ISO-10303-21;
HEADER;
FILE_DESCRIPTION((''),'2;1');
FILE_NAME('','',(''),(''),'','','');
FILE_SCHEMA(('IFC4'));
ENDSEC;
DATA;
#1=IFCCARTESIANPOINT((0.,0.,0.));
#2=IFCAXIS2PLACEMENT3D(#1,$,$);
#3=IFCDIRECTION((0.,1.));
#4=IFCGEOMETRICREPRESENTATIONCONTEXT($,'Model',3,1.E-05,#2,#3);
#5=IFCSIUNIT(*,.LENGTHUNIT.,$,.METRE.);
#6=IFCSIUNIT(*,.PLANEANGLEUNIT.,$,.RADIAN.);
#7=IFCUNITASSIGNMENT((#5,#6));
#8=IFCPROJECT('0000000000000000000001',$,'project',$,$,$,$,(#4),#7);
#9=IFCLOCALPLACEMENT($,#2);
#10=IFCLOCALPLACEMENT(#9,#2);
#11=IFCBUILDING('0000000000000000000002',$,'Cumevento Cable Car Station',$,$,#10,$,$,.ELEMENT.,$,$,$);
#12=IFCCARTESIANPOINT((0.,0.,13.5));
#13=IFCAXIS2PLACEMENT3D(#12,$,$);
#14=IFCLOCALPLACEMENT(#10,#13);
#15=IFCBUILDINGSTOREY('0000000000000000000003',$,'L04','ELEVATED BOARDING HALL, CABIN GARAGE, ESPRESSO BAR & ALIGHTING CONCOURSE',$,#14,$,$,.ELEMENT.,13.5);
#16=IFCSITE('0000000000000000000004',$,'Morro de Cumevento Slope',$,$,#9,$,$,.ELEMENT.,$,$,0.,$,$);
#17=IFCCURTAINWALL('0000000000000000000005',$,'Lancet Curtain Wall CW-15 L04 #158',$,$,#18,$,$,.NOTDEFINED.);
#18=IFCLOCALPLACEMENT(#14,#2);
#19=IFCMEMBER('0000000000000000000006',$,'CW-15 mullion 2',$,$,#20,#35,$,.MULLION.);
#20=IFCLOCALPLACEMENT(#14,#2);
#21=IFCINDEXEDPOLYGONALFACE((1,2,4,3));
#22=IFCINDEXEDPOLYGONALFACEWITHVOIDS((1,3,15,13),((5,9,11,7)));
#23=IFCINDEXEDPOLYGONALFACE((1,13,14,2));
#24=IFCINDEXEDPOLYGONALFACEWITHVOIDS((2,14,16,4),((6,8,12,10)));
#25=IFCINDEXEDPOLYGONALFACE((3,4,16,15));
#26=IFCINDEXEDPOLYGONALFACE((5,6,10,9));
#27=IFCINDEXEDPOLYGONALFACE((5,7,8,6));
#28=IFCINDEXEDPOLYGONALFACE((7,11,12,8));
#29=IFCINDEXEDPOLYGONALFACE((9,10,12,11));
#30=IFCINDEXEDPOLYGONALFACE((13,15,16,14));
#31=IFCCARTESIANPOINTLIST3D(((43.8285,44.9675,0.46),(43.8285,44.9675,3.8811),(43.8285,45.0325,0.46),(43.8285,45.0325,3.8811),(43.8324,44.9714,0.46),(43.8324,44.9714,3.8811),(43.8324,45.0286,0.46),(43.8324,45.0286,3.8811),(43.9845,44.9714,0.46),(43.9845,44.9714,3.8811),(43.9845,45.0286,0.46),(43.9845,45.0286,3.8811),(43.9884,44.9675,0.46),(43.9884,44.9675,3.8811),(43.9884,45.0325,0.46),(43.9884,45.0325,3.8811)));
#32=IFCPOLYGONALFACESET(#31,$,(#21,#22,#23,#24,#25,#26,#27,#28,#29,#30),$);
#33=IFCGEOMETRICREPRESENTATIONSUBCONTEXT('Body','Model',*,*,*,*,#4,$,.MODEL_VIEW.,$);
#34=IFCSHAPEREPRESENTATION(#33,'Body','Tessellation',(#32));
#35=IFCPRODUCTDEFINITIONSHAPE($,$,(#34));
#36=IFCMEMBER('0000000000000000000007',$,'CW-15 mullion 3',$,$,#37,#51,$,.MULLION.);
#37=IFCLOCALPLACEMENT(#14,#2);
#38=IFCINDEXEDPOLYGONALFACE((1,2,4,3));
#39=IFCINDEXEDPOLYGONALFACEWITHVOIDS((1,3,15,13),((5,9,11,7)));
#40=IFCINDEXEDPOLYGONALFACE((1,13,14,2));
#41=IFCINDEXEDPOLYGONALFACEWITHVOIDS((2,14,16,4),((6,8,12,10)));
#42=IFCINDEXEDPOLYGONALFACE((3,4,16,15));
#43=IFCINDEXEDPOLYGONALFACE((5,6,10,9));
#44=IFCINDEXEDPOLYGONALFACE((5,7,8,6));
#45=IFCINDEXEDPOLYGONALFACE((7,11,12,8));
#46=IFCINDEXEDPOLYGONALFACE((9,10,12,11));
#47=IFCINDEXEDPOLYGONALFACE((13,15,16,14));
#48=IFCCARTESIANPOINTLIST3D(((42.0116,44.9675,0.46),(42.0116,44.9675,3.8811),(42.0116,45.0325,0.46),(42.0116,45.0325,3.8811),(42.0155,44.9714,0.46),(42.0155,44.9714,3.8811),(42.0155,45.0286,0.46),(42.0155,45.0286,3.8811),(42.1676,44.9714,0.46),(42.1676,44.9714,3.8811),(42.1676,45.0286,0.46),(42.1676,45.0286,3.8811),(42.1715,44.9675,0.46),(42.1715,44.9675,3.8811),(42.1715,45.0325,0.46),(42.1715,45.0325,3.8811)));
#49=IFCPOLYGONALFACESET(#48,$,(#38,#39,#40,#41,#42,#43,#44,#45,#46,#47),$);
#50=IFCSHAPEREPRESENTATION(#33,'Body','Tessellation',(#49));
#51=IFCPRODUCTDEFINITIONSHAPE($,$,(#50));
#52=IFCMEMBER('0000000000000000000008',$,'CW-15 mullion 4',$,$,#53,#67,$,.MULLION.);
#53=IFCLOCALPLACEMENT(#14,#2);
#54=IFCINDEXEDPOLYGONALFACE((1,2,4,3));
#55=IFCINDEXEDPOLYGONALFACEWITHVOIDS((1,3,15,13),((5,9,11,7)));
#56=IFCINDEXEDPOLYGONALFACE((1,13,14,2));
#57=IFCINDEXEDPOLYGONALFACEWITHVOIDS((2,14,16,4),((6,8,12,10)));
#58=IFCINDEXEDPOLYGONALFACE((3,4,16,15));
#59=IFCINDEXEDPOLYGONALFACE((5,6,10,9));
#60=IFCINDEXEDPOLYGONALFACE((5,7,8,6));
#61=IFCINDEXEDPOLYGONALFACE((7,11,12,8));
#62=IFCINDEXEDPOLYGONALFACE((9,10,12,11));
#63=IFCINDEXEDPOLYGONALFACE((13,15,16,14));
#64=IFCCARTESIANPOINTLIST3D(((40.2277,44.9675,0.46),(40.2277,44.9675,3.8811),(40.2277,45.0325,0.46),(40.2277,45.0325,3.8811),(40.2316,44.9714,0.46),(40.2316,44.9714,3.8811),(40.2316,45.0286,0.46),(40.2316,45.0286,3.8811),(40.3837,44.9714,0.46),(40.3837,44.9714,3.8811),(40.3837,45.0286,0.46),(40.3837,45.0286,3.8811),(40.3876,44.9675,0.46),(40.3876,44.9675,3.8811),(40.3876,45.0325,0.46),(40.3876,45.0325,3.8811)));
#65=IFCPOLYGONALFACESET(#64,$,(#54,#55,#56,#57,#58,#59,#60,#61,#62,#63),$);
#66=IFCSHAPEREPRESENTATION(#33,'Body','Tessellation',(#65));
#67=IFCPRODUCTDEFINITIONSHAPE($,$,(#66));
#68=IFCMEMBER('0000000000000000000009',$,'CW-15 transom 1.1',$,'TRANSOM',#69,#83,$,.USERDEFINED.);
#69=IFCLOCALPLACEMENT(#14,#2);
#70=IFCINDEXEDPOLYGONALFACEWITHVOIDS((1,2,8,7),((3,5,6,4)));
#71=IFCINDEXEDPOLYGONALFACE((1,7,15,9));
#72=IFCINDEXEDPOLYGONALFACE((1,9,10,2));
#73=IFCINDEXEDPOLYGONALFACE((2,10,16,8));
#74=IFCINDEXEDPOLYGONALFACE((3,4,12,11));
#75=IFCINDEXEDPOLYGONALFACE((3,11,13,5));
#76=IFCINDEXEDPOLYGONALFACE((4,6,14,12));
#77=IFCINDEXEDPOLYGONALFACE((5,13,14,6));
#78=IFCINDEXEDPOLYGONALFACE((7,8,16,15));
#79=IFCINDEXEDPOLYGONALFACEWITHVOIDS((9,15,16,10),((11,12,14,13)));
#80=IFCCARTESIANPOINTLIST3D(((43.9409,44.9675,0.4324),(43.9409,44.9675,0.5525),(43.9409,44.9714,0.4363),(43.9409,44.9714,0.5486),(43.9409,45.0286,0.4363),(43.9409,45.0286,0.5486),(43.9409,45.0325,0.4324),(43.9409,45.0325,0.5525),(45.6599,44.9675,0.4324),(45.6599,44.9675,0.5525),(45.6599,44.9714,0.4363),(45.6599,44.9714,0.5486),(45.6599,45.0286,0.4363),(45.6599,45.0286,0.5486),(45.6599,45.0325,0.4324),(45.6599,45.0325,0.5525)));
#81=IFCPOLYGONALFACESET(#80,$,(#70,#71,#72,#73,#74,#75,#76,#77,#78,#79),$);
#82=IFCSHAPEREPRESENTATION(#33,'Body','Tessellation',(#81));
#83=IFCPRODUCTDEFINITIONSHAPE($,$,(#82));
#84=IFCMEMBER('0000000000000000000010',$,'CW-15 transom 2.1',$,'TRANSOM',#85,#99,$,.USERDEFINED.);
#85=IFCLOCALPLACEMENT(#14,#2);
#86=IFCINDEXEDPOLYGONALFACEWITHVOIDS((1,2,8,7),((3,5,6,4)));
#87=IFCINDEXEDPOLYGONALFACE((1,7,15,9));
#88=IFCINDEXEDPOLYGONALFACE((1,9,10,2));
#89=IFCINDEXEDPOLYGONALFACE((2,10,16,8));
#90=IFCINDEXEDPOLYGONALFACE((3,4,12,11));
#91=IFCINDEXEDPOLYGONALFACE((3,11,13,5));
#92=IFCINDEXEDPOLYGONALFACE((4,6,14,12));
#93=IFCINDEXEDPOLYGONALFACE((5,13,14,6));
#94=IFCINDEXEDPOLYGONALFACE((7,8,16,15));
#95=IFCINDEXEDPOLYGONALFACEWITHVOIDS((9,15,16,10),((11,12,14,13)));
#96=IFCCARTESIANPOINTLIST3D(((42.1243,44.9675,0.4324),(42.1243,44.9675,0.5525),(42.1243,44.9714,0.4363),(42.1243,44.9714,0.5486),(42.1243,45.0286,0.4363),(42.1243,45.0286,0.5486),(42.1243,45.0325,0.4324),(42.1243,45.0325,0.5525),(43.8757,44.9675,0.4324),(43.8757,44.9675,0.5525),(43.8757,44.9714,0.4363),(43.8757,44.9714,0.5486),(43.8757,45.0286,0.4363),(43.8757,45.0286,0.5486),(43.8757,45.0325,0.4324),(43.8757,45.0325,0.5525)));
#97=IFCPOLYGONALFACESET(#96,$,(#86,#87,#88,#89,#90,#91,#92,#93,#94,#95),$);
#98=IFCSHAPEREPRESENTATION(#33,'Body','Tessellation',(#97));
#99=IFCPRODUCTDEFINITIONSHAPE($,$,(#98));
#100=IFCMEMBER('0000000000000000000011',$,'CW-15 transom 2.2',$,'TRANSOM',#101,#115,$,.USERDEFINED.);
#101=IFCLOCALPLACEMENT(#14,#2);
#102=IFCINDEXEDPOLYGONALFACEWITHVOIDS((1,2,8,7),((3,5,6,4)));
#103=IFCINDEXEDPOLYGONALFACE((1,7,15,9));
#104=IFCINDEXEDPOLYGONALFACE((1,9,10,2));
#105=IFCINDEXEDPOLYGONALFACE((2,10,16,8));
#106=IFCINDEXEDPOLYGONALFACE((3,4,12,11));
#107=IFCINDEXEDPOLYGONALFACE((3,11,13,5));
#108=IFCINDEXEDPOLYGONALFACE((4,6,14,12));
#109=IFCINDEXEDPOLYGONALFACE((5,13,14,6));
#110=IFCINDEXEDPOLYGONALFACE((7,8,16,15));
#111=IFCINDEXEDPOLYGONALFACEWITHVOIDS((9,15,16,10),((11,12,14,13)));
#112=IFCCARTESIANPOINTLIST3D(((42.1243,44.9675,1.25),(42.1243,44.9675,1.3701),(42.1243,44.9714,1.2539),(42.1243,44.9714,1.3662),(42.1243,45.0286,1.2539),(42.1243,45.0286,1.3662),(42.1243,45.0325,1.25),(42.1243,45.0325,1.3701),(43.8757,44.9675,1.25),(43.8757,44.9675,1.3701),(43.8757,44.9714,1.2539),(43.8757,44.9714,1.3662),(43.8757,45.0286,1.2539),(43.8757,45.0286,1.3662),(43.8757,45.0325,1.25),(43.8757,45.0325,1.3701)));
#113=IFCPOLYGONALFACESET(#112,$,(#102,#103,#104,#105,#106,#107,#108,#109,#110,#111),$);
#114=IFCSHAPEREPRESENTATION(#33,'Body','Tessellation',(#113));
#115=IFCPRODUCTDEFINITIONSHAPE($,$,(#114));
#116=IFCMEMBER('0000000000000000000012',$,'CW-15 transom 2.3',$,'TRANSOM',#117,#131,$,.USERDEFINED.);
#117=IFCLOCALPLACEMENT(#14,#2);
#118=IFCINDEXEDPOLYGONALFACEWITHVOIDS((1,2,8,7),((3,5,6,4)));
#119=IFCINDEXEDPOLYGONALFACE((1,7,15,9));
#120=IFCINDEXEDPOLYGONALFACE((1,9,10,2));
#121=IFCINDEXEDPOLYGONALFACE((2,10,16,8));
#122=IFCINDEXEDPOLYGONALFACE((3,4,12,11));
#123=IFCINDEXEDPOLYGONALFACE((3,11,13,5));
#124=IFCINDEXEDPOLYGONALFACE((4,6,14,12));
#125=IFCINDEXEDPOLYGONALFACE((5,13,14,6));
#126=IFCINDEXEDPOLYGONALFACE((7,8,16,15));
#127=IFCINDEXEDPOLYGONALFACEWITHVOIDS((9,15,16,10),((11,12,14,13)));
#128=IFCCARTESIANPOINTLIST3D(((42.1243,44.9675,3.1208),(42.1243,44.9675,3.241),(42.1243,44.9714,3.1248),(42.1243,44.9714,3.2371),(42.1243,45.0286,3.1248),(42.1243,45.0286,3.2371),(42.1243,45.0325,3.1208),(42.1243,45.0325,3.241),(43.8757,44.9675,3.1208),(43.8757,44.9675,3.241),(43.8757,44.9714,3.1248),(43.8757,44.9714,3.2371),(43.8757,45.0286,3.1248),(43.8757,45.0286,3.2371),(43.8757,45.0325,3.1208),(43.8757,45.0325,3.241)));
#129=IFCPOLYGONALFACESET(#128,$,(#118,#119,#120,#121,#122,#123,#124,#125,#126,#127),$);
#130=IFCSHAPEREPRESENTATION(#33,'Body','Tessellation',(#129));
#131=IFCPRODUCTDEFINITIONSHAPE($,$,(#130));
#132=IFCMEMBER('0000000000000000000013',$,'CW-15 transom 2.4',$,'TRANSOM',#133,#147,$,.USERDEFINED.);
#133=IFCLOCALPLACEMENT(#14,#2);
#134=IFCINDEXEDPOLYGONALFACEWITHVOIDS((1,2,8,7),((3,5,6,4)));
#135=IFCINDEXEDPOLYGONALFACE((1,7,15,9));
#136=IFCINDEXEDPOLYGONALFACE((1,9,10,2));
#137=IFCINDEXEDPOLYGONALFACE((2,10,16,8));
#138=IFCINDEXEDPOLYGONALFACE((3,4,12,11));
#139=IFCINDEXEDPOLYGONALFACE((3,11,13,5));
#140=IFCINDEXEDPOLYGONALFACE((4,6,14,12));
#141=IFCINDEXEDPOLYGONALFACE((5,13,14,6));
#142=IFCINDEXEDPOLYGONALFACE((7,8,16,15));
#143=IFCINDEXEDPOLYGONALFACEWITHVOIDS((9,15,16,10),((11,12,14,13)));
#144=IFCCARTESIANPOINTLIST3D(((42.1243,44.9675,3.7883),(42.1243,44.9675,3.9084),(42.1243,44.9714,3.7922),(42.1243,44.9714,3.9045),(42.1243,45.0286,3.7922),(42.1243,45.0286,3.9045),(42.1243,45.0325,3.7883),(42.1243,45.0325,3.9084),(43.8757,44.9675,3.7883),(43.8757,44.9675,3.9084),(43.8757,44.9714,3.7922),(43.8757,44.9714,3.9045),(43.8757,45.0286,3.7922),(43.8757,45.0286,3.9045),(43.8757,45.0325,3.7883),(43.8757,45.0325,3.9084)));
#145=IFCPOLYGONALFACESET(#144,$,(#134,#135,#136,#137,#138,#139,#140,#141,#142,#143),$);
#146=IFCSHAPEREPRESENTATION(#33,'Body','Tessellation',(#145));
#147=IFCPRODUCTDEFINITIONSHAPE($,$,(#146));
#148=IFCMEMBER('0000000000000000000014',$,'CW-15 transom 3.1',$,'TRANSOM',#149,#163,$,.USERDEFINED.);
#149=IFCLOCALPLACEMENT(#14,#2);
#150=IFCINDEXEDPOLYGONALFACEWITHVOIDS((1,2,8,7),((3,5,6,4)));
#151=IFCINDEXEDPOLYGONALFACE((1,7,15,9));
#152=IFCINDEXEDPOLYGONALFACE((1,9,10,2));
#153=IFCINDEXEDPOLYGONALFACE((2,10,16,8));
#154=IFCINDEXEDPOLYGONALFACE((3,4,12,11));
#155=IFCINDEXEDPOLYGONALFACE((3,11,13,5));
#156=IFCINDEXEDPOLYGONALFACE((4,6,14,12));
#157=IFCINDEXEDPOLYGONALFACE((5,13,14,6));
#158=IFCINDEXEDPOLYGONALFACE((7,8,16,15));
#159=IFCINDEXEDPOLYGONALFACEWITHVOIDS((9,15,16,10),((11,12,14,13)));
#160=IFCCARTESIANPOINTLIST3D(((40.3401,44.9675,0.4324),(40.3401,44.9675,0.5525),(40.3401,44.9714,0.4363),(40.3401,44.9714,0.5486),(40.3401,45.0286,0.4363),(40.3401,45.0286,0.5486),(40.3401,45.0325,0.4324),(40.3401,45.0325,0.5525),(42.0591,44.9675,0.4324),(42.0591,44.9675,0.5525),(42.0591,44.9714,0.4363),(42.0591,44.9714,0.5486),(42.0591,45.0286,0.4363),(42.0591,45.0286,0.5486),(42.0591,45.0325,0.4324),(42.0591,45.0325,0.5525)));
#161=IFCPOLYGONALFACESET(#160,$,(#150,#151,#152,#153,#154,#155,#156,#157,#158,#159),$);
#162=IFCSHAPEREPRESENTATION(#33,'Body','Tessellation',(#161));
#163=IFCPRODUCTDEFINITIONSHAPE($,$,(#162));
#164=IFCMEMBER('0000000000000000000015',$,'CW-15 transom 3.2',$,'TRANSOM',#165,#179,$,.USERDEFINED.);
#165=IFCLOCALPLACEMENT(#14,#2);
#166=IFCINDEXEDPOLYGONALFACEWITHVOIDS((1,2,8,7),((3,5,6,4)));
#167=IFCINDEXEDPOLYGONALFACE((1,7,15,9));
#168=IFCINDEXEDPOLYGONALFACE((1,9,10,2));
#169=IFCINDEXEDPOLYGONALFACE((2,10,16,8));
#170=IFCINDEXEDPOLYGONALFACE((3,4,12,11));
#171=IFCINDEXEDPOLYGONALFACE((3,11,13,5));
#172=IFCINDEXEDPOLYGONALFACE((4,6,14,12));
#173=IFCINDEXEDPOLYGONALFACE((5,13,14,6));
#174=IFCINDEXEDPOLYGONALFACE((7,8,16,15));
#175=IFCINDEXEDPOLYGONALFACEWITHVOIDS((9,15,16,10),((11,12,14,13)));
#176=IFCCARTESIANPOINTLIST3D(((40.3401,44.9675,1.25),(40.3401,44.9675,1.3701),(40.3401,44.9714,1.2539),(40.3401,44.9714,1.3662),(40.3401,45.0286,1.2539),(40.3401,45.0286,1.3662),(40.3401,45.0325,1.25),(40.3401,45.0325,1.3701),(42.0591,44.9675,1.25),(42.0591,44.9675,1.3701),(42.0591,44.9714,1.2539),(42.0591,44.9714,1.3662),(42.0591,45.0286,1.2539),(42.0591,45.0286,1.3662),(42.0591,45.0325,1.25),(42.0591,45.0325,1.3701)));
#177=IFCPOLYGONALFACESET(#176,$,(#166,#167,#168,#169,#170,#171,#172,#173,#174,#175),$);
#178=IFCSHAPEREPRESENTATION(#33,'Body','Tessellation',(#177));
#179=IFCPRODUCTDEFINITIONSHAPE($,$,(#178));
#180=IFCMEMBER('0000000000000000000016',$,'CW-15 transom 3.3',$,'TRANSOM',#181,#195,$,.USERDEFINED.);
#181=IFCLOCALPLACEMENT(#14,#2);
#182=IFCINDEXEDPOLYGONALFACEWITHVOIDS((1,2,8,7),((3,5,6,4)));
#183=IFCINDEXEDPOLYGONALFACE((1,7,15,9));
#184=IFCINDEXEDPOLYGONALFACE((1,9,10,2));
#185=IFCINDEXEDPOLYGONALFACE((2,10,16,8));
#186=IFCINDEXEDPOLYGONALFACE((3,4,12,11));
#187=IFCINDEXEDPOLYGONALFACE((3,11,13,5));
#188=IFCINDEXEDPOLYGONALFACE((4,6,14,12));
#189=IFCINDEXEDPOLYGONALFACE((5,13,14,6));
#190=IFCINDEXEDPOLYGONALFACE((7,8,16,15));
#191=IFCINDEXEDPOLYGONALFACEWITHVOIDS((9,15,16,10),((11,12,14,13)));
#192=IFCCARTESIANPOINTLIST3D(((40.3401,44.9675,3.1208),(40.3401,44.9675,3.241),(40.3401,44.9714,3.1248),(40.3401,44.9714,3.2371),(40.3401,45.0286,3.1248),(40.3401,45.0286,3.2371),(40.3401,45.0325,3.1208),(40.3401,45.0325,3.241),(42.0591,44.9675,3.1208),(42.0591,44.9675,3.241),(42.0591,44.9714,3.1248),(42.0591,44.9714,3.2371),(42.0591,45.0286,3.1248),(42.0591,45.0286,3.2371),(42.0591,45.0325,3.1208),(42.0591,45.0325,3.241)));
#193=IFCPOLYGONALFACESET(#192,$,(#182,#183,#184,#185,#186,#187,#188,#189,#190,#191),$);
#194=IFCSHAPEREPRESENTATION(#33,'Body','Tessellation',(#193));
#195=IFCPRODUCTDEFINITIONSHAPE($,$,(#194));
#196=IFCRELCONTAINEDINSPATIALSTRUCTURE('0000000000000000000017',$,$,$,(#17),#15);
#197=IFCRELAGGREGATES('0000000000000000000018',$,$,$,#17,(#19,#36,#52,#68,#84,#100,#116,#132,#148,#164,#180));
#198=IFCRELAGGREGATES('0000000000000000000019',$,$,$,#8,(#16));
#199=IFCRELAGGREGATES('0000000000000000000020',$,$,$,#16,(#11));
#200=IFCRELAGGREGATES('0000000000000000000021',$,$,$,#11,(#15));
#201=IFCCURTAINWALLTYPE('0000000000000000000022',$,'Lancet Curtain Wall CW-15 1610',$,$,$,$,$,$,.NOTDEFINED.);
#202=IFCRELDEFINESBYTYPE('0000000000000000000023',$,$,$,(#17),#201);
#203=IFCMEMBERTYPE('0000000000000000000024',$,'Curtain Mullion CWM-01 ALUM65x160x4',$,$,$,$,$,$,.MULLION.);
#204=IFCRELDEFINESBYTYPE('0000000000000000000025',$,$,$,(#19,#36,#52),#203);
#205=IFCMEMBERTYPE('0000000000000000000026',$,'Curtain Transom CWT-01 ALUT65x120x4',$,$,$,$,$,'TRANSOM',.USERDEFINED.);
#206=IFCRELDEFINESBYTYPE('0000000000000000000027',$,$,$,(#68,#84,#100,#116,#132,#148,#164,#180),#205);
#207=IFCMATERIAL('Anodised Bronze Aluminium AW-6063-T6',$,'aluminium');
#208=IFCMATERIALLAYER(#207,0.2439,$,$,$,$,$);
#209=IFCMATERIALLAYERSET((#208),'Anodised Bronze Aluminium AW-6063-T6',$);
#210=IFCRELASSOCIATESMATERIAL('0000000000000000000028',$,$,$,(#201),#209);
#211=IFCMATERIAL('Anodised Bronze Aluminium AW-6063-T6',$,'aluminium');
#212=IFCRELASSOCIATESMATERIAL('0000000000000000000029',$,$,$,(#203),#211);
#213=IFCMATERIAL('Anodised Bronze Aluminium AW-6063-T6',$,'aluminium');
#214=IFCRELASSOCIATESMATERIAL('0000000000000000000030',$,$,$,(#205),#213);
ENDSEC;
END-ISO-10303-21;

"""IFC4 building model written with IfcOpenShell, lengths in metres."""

from ifc_helpers import new_model, si_unit, direction, frame, origin, origin_2d, place, context, subcontext, project, spatial, hollow_rectangle, extrude, material, layer, layer_set, material_profile, profile_set, type_object, element, aggregate, save


model = new_model("IFC4")

# Units and contexts
model_context = context("Model", 3, precision=1e-05, world=origin(), true_north=direction((0.0, 1.0)))
body_context = subcontext(model_context, "Body", "Model", "MODEL_VIEW")
ifc_project = project(units=[si_unit("LENGTHUNIT", "METRE"), si_unit("PLANEANGLEUNIT", "RADIAN")], contexts=[model_context])

# Site, building, storey
site_placement = place(None, origin())
site = spatial("IfcSite", under=ifc_project, at=site_placement, Name="Morro de Cumevento Slope", CompositionType="ELEMENT", RefElevation=0.0)
building_placement = place(site_placement, origin())
building = spatial("IfcBuilding", under=site, at=building_placement, Name="Cumevento Cable Car Station", CompositionType="ELEMENT")
storey_placement = place(building_placement, frame((0.0, 0.0, 13.5)))
storey = spatial("IfcBuildingStorey", under=building, at=storey_placement, Name="L04", Description="ELEVATED BOARDING HALL, CABIN GARAGE, ESPRESSO BAR & ALIGHTING CONCOURSE", CompositionType="ELEMENT", Elevation=13.5)

# Curtain wall, members
ifc_material_1 = material(Name="Anodised Bronze Aluminium AW-6063-T6", Category="aluminium")
ifc_layer_1 = layer(ifc_material_1, 0.2439)
ifc_layer_set_1 = layer_set([ifc_layer_1], Name="Anodised Bronze Aluminium AW-6063-T6")
curtain_wall_type = type_object("IfcCurtainWallType", Name="Lancet Curtain Wall CW-15 1610", PredefinedType="NOTDEFINED", material=ifc_layer_set_1)
curtain_wall_placement = place(storey_placement, origin())
curtain_wall = element("IfcCurtainWall", 1, at=curtain_wall_placement, inside=storey, type_object=curtain_wall_type, Name="Lancet Curtain Wall CW-15 L04 #158", PredefinedType="NOTDEFINED")
ifc_material_2 = material(Name="Anodised Bronze Aluminium AW-6063-T6", Category="aluminium")
ifc_material_profile_1 = material_profile(ifc_material_2, hollow_rectangle(XDim=0.0649, YDim=0.1599, WallThickness=0.0039, at=origin_2d()), Name="ALUM65x160x4")
ifc_profile_set_1 = profile_set([ifc_material_profile_1], Name="Anodised Bronze Aluminium AW-6063-T6")
member_type_1 = type_object("IfcMemberType", Name="Curtain Mullion CWM-01 ALUM65x160x4", PredefinedType="MULLION", material=ifc_profile_set_1)
member_1_placement = place(storey_placement, frame((43.9084, 45.0, 0.46), z_axis=(0.0, 0.0, 1.0), x_axis=(0.0, -1.0, 0.0)))
member_1 = element("IfcMember", 2, at=member_1_placement, type_object=member_type_1, Name="CW-15 mullion 2", PredefinedType="MULLION", context=body_context, shape_type="SweptSolid", body=[
    extrude(hollow_rectangle(XDim=0.0649, YDim=0.1599, WallThickness=0.0039, at=origin_2d()), origin(), (0.0, 0.0, 1.0), 3.4211),
])
member_2_placement = place(storey_placement, frame((42.0916, 45.0, 0.46), z_axis=(0.0, 0.0, 1.0), x_axis=(0.0, -1.0, 0.0)))
member_2 = element("IfcMember", 3, at=member_2_placement, type_object=member_type_1, Name="CW-15 mullion 3", PredefinedType="MULLION", context=body_context, shape_type="SweptSolid", body=[
    extrude(hollow_rectangle(XDim=0.0649, YDim=0.1599, WallThickness=0.0039, at=origin_2d()), origin(), (0.0, 0.0, 1.0), 3.4211),
])
member_3_placement = place(storey_placement, frame((40.3076, 45.0, 0.46), z_axis=(0.0, 0.0, 1.0), x_axis=(0.0, -1.0, 0.0)))
member_3 = element("IfcMember", 4, at=member_3_placement, type_object=member_type_1, Name="CW-15 mullion 4", PredefinedType="MULLION", context=body_context, shape_type="SweptSolid", body=[
    extrude(hollow_rectangle(XDim=0.0649, YDim=0.1599, WallThickness=0.0039, at=origin_2d()), origin(), (0.0, 0.0, 1.0), 3.4211),
])
ifc_material_3 = material(Name="Anodised Bronze Aluminium AW-6063-T6", Category="aluminium")
ifc_material_profile_2 = material_profile(ifc_material_3, hollow_rectangle(XDim=0.0649, YDim=0.1201, WallThickness=0.0039, at=origin_2d()), Name="ALUT65x120x4")
ifc_profile_set_2 = profile_set([ifc_material_profile_2], Name="Anodised Bronze Aluminium AW-6063-T6")
member_type_2 = type_object("IfcMemberType", Name="Curtain Transom CWT-01 ALUT65x120x4", ElementType="TRANSOM", PredefinedType="USERDEFINED", material=ifc_profile_set_2)
member_4_placement = place(storey_placement, frame((45.6599, 45.0, 0.4924), z_axis=(-1.0, 0.0, 0.0), x_axis=(0.0, -1.0, 0.0)))
member_4 = element("IfcMember", 5, at=member_4_placement, type_object=member_type_2, Name="CW-15 transom 1.1", ObjectType="TRANSOM", PredefinedType="USERDEFINED", context=body_context, shape_type="SweptSolid", body=[
    extrude(hollow_rectangle(XDim=0.0649, YDim=0.1201, WallThickness=0.0039, at=origin_2d()), origin(), (0.0, 0.0, 1.0), 1.719),
])
member_5_placement = place(storey_placement, frame((43.8757, 45.0, 0.4924), z_axis=(-1.0, 0.0, 0.0), x_axis=(0.0, -1.0, 0.0)))
member_5 = element("IfcMember", 6, at=member_5_placement, type_object=member_type_2, Name="CW-15 transom 2.1", ObjectType="TRANSOM", PredefinedType="USERDEFINED", context=body_context, shape_type="SweptSolid", body=[
    extrude(hollow_rectangle(XDim=0.0649, YDim=0.1201, WallThickness=0.0039, at=origin_2d()), origin(), (0.0, 0.0, 1.0), 1.7515),
])
member_6_placement = place(storey_placement, frame((43.8757, 45.0, 1.3101), z_axis=(-1.0, 0.0, 0.0), x_axis=(0.0, -1.0, 0.0)))
member_6 = element("IfcMember", 7, at=member_6_placement, type_object=member_type_2, Name="CW-15 transom 2.2", ObjectType="TRANSOM", PredefinedType="USERDEFINED", context=body_context, shape_type="SweptSolid", body=[
    extrude(hollow_rectangle(XDim=0.0649, YDim=0.1201, WallThickness=0.0039, at=origin_2d()), origin(), (0.0, 0.0, 1.0), 1.7515),
])
member_7_placement = place(storey_placement, frame((43.8757, 45.0, 3.1809), z_axis=(-1.0, 0.0, 0.0), x_axis=(0.0, -1.0, 0.0)))
member_7 = element("IfcMember", 8, at=member_7_placement, type_object=member_type_2, Name="CW-15 transom 2.3", ObjectType="TRANSOM", PredefinedType="USERDEFINED", context=body_context, shape_type="SweptSolid", body=[
    extrude(hollow_rectangle(XDim=0.0649, YDim=0.1201, WallThickness=0.0039, at=origin_2d()), origin(), (0.0, 0.0, 1.0), 1.7515),
])
member_8_placement = place(storey_placement, frame((43.8757, 45.0, 3.8484), z_axis=(-1.0, 0.0, 0.0), x_axis=(0.0, -1.0, 0.0)))
member_8 = element("IfcMember", 9, at=member_8_placement, type_object=member_type_2, Name="CW-15 transom 2.4", ObjectType="TRANSOM", PredefinedType="USERDEFINED", context=body_context, shape_type="SweptSolid", body=[
    extrude(hollow_rectangle(XDim=0.0649, YDim=0.1201, WallThickness=0.0039, at=origin_2d()), origin(), (0.0, 0.0, 1.0), 1.7515),
])
member_9_placement = place(storey_placement, frame((42.0591, 45.0, 0.4924), z_axis=(-1.0, 0.0, 0.0), x_axis=(0.0, -1.0, 0.0)))
member_9 = element("IfcMember", 10, at=member_9_placement, type_object=member_type_2, Name="CW-15 transom 3.1", ObjectType="TRANSOM", PredefinedType="USERDEFINED", context=body_context, shape_type="SweptSolid", body=[
    extrude(hollow_rectangle(XDim=0.0649, YDim=0.1201, WallThickness=0.0039, at=origin_2d()), origin(), (0.0, 0.0, 1.0), 1.719),
])
member_10_placement = place(storey_placement, frame((42.0591, 45.0, 1.3101), z_axis=(-1.0, 0.0, 0.0), x_axis=(0.0, -1.0, 0.0)))
member_10 = element("IfcMember", 11, at=member_10_placement, type_object=member_type_2, Name="CW-15 transom 3.2", ObjectType="TRANSOM", PredefinedType="USERDEFINED", context=body_context, shape_type="SweptSolid", body=[
    extrude(hollow_rectangle(XDim=0.0649, YDim=0.1201, WallThickness=0.0039, at=origin_2d()), origin(), (0.0, 0.0, 1.0), 1.719),
])
member_11_placement = place(storey_placement, frame((42.0591, 45.0, 3.1809), z_axis=(-1.0, 0.0, 0.0), x_axis=(0.0, -1.0, 0.0)))
member_11 = element("IfcMember", 12, at=member_11_placement, type_object=member_type_2, Name="CW-15 transom 3.3", ObjectType="TRANSOM", PredefinedType="USERDEFINED", context=body_context, shape_type="SweptSolid", body=[
    extrude(hollow_rectangle(XDim=0.0649, YDim=0.1201, WallThickness=0.0039, at=origin_2d()), origin(), (0.0, 0.0, 1.0), 1.719),
])

aggregate(curtain_wall, [member_1, member_2, member_3, member_4, member_5, member_6, member_7, member_8, member_9, member_10, member_11])

save(model, "model.ifc")
